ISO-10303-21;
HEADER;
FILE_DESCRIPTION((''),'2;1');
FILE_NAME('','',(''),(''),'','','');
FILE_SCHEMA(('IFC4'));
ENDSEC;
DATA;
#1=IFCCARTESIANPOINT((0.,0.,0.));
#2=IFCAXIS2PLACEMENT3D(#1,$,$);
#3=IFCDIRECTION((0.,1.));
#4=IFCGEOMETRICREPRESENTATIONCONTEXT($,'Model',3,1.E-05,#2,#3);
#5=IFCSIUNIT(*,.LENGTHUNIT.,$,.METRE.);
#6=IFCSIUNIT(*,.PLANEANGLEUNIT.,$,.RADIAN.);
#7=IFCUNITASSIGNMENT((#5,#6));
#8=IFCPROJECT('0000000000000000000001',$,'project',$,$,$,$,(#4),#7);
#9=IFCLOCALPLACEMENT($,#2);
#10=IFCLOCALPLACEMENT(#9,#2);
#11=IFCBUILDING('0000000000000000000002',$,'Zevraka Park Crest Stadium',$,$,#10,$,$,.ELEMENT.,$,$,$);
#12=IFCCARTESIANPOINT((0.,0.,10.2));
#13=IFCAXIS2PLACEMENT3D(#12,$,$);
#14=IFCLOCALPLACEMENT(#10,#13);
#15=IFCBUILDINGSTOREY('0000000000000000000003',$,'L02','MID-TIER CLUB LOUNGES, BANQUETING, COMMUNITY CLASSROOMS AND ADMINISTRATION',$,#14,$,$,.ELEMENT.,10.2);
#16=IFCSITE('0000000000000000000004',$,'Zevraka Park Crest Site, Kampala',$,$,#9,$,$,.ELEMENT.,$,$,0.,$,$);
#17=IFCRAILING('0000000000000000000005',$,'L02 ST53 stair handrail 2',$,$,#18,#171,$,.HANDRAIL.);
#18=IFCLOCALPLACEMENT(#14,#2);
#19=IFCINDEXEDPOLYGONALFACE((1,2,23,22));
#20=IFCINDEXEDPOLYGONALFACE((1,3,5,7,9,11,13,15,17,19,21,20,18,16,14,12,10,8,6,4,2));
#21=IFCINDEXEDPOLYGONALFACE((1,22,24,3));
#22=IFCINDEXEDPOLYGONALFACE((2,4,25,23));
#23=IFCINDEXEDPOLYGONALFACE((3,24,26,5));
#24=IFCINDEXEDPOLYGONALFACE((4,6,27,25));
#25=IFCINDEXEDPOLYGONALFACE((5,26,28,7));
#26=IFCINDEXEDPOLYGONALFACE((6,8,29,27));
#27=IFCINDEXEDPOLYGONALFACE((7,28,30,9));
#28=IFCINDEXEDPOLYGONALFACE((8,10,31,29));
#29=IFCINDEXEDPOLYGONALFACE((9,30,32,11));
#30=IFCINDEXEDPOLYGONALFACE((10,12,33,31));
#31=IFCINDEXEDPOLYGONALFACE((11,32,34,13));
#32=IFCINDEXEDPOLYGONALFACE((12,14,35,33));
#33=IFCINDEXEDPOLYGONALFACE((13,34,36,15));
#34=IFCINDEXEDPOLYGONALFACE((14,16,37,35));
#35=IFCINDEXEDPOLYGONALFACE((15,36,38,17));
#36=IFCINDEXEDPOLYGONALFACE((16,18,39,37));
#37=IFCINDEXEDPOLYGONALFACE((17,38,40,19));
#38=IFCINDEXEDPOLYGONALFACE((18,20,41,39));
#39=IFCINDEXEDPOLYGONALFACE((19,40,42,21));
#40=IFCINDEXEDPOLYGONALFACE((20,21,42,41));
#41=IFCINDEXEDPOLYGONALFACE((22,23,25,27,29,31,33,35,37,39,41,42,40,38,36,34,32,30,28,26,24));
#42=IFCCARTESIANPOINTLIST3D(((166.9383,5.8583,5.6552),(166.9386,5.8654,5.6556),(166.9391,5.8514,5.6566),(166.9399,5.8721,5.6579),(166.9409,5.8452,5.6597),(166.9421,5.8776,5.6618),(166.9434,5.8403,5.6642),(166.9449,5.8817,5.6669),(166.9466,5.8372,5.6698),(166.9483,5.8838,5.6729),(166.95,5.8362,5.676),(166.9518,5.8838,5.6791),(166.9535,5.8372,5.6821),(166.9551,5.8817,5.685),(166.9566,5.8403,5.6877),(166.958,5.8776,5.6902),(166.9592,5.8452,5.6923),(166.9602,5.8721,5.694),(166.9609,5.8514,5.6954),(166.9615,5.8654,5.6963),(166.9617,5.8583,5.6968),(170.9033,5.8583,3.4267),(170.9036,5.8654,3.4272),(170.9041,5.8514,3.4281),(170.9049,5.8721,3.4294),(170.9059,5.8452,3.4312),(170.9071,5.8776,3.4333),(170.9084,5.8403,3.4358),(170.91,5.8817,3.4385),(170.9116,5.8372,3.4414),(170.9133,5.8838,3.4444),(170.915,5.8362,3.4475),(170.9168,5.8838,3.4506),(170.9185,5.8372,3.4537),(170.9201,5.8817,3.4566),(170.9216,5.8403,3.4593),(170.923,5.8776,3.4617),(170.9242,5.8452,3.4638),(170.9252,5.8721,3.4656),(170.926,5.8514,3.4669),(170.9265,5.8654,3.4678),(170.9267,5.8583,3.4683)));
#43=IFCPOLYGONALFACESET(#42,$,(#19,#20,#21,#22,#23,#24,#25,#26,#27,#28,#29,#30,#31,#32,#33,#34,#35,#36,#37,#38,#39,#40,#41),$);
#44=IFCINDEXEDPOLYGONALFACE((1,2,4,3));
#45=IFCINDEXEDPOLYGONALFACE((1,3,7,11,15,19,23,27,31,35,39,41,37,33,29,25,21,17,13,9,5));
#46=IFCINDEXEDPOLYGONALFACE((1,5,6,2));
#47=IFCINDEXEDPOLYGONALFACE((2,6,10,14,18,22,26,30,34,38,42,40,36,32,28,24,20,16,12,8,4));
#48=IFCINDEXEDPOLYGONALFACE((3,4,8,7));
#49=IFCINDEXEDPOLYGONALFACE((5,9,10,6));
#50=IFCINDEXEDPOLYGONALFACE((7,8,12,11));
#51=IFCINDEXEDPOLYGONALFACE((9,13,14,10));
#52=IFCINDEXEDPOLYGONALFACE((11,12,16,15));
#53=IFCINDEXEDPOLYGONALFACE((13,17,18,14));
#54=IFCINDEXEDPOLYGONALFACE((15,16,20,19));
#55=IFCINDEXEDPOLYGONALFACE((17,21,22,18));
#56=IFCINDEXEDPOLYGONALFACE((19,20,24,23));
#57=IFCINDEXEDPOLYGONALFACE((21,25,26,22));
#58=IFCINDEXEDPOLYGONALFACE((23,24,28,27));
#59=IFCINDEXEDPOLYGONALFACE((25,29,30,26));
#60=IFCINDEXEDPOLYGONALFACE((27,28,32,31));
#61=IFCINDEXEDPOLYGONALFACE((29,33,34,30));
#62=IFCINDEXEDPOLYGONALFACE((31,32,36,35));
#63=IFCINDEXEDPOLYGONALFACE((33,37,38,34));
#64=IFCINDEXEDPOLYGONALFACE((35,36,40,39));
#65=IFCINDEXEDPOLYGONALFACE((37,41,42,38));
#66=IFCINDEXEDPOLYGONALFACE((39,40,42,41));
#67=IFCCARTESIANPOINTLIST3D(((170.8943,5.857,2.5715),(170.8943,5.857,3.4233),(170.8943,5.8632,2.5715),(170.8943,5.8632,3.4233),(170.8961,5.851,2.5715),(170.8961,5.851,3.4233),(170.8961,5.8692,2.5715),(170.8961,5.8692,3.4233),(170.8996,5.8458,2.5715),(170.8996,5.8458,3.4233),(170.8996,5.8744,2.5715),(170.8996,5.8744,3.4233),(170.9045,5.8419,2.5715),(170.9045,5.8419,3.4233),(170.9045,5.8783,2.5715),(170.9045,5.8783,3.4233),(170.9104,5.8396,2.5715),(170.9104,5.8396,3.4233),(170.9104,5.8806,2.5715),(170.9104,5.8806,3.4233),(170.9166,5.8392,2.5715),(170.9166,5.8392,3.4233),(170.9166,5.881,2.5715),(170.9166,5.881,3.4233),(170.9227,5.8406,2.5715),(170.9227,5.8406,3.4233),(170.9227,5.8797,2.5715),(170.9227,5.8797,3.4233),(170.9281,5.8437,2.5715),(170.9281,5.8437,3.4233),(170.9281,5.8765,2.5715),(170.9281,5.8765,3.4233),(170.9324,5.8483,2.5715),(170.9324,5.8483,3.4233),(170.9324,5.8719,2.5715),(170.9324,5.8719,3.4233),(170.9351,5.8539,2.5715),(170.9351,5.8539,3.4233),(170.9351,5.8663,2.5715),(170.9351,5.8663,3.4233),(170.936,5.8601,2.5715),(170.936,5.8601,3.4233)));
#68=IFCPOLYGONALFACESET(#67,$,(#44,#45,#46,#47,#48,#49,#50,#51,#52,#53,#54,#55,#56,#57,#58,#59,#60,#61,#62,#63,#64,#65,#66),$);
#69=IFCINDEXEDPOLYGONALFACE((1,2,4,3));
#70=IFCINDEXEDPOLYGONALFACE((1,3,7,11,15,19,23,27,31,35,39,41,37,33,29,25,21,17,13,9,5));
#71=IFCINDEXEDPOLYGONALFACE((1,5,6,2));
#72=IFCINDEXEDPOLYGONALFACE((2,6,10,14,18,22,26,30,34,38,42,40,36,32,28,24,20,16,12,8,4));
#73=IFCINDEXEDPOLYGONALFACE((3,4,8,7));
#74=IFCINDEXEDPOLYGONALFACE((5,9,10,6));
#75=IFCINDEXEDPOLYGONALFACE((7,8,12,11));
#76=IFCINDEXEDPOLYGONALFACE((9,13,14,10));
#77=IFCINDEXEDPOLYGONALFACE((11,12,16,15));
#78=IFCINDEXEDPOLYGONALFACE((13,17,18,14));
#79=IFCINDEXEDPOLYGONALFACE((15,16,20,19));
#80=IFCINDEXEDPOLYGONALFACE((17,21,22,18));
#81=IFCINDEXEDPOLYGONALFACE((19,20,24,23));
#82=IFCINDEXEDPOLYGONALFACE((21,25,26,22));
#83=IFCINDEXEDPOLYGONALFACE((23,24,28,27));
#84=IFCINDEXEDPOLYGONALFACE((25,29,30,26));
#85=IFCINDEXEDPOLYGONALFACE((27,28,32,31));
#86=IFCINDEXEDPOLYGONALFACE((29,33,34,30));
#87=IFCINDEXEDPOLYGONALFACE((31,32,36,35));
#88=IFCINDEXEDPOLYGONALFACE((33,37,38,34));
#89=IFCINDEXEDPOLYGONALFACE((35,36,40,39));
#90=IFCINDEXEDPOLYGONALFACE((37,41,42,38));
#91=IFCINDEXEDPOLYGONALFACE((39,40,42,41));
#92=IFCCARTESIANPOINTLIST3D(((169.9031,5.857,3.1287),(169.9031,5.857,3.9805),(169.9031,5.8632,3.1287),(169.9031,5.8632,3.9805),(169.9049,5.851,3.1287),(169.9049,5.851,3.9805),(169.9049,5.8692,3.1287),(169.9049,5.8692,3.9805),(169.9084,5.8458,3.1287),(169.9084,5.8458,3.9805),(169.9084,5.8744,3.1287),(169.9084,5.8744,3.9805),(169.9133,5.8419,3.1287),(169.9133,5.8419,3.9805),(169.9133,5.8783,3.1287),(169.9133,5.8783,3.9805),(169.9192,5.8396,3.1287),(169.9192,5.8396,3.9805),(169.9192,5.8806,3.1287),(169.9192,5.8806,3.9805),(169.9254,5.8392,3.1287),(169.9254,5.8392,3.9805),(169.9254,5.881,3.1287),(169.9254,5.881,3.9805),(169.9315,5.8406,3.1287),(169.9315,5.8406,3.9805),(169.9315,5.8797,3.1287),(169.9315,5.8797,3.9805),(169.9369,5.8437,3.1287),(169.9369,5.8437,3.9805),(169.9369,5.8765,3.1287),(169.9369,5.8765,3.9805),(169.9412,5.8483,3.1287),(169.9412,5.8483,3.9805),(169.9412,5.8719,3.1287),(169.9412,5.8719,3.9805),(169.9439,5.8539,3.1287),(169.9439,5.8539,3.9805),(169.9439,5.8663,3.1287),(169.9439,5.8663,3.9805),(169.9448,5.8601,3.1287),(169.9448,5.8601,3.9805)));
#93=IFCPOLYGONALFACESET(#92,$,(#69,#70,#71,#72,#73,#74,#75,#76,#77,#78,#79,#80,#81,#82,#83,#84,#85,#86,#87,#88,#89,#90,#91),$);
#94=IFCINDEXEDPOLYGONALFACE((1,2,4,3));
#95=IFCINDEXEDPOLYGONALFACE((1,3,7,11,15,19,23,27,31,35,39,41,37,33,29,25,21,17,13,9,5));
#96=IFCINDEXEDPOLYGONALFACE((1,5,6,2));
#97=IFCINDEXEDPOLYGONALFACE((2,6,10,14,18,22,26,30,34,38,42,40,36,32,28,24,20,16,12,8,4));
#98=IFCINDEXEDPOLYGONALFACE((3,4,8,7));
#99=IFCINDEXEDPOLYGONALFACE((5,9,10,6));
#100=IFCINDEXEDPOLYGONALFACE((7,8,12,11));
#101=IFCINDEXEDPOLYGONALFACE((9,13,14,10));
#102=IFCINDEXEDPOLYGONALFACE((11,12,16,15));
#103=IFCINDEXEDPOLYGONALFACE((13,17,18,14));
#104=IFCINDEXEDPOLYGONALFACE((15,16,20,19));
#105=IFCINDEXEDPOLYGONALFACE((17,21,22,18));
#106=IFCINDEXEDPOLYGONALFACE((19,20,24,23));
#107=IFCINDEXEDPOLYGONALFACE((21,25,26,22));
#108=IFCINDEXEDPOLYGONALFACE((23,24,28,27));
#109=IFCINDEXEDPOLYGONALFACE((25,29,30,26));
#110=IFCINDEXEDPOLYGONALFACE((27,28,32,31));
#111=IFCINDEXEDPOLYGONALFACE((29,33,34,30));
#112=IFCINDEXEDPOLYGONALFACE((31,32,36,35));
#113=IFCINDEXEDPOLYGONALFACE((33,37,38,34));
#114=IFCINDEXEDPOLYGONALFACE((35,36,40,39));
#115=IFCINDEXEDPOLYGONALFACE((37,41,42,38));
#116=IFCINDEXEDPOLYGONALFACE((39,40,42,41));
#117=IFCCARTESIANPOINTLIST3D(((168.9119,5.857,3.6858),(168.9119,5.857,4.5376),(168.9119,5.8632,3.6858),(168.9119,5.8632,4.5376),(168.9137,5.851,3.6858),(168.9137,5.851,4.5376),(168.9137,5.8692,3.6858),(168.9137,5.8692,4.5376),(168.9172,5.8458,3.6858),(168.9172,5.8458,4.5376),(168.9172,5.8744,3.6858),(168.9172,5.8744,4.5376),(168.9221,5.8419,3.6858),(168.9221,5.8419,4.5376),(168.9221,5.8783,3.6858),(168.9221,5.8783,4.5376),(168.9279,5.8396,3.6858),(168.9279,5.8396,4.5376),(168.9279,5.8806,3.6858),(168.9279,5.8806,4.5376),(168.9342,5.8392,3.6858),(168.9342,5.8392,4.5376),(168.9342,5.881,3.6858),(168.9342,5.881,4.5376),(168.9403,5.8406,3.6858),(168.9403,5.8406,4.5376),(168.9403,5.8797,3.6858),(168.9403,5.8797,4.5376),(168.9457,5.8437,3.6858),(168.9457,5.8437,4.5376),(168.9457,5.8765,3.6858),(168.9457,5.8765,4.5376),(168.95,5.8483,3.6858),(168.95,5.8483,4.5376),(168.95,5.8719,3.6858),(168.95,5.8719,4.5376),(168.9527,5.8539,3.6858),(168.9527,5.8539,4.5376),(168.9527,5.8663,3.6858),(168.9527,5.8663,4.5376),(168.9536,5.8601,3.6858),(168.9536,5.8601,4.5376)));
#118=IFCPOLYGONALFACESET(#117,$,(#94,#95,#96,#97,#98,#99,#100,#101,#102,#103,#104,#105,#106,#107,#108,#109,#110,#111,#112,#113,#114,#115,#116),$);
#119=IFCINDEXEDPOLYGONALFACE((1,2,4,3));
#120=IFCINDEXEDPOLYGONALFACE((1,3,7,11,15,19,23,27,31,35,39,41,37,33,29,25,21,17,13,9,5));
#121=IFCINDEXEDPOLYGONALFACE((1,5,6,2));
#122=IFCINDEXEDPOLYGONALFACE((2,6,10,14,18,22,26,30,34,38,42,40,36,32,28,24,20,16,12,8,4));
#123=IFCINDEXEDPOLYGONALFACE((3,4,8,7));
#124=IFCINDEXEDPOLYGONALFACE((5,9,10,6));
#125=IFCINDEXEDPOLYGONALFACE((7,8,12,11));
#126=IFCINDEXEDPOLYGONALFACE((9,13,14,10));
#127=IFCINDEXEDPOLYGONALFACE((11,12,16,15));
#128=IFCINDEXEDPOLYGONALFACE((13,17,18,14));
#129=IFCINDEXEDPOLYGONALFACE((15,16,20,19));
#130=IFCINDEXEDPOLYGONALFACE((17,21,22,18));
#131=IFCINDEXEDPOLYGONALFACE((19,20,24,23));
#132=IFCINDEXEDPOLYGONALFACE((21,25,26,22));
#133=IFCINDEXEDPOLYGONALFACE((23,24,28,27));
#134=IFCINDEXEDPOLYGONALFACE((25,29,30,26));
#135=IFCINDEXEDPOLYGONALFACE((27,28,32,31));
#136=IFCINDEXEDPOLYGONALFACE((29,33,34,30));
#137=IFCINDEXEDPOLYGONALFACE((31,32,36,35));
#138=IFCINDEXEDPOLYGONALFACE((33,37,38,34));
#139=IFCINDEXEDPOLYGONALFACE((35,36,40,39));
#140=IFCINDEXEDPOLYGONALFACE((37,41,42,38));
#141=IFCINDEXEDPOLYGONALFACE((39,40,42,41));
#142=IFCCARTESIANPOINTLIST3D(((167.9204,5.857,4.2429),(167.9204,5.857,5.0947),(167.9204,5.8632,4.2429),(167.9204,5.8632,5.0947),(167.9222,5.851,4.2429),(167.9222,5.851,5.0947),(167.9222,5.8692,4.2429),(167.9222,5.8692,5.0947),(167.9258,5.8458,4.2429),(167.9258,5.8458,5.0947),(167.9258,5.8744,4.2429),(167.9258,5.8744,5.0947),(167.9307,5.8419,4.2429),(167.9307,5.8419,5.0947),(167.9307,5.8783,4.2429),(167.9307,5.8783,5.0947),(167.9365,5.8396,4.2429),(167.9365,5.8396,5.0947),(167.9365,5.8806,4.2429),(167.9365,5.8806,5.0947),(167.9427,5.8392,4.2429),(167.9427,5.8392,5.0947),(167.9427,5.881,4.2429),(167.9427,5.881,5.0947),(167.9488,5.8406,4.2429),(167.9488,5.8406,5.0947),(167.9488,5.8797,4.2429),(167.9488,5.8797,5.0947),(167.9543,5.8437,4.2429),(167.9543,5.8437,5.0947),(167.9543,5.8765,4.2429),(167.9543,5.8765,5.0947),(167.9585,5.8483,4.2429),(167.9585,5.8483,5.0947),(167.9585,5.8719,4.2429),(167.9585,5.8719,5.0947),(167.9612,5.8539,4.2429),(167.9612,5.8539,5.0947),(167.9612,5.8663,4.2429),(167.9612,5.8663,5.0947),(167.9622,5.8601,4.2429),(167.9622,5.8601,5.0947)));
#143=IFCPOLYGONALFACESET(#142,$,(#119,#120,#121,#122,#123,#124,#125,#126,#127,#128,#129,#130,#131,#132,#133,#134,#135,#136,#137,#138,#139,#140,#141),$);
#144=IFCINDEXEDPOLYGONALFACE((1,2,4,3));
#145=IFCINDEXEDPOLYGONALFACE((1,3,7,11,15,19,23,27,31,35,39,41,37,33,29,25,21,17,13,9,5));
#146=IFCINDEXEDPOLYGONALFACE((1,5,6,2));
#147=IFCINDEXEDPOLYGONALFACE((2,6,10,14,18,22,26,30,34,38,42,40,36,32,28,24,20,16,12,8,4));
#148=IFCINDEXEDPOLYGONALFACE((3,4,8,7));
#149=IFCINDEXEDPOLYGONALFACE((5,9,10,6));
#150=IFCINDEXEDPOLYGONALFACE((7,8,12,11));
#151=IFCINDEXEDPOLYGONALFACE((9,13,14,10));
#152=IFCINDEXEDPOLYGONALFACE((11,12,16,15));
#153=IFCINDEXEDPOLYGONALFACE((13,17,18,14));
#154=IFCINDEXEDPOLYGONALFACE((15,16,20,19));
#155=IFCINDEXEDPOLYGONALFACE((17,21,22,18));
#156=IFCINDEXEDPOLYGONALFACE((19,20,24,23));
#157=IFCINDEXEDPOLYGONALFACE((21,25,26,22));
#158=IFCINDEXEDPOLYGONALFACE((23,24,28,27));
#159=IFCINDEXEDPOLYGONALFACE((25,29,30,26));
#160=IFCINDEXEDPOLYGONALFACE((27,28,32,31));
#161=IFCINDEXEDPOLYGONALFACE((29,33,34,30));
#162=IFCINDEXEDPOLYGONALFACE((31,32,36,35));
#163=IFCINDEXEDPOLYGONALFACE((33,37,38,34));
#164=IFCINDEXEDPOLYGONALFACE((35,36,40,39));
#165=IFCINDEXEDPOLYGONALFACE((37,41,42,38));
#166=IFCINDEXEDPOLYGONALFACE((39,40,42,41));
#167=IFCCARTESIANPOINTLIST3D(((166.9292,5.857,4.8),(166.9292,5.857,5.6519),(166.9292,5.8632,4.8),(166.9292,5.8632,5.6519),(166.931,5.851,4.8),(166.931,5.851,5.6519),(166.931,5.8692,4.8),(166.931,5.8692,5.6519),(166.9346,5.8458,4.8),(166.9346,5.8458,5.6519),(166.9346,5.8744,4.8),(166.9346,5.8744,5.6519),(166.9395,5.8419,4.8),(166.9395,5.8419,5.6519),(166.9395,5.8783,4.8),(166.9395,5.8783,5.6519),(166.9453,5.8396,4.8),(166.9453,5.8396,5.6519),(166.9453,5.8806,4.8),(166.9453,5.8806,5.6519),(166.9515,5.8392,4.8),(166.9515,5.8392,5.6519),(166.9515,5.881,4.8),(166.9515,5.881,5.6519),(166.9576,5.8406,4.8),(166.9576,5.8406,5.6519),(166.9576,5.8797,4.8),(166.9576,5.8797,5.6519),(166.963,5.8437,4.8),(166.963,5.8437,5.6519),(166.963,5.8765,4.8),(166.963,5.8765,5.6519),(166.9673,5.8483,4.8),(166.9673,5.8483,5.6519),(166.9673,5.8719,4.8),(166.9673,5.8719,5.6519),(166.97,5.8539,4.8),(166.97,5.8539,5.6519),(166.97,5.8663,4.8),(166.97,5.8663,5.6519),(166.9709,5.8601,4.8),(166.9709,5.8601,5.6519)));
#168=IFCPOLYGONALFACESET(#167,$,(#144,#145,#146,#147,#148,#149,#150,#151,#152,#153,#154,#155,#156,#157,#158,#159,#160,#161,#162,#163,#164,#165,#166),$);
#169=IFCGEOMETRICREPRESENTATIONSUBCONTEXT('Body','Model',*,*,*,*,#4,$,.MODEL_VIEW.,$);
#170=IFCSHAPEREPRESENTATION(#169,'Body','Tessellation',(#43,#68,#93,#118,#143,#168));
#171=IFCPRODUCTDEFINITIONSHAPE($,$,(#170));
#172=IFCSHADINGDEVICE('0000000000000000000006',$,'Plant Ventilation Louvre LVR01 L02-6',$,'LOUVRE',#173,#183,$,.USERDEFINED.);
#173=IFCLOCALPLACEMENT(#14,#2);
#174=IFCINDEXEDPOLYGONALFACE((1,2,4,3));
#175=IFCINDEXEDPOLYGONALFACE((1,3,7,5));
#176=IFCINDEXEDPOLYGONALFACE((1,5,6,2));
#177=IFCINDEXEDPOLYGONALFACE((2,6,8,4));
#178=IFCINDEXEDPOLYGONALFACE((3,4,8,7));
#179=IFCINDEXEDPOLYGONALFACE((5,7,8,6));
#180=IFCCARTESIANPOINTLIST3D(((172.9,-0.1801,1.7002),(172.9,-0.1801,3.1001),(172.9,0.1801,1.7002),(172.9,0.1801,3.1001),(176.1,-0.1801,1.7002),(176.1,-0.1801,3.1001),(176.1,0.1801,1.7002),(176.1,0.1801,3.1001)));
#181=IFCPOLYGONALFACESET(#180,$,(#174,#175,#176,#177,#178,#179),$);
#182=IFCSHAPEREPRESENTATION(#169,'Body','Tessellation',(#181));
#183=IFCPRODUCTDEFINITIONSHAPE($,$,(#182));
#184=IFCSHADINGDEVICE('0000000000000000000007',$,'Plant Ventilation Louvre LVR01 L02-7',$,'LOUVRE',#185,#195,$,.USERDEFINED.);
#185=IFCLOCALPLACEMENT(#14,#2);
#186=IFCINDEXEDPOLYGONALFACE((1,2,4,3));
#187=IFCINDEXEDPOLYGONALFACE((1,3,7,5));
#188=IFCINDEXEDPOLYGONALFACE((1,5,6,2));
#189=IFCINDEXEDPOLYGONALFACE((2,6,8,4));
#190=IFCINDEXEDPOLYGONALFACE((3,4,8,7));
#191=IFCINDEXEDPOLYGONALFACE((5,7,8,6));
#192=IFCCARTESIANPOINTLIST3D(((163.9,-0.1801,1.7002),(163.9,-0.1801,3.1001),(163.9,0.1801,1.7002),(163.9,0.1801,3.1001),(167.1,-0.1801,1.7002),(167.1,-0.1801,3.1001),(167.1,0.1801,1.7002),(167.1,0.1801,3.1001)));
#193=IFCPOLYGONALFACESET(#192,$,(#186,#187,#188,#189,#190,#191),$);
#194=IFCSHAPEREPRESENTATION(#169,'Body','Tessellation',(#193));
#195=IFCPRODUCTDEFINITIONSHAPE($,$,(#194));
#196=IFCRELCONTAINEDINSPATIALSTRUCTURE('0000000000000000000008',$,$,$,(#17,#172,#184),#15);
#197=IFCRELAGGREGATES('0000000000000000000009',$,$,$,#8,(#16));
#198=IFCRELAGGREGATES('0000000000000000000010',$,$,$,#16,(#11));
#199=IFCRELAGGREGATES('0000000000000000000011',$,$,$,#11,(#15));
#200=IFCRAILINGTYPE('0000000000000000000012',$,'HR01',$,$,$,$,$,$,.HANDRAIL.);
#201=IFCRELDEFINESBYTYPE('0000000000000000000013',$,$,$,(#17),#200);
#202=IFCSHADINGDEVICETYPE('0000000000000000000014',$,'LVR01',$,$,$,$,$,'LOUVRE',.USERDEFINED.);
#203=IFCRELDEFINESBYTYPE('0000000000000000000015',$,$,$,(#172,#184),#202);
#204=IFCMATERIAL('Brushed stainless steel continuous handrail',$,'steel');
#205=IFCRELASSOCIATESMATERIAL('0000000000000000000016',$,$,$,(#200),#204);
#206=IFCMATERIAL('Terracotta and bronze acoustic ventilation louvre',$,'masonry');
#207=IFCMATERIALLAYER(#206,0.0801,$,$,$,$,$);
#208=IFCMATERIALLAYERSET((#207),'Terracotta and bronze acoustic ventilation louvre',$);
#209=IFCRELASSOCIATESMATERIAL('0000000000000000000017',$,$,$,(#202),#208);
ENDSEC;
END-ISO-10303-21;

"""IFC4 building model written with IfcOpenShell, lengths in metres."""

from ifc_helpers import new_model, si_unit, direction, frame, origin, origin_2d, place, context, subcontext, project, spatial, rectangle, circle, extrude, material, layer, layer_set, type_object, element, save


model = new_model("IFC4")

# Units and contexts
model_context = context("Model", 3, precision=1e-05, world=origin(), true_north=direction((0.0, 1.0)))
body_context = subcontext(model_context, "Body", "Model", "MODEL_VIEW")
ifc_project = project(units=[si_unit("LENGTHUNIT", "METRE"), si_unit("PLANEANGLEUNIT", "RADIAN")], contexts=[model_context])

# Site, building, storey
site_placement = place(None, origin())
site = spatial("IfcSite", under=ifc_project, at=site_placement, Name="Zevraka Park Crest Site, Kampala", CompositionType="ELEMENT", RefElevation=0.0)
building_placement = place(site_placement, origin())
building = spatial("IfcBuilding", under=site, at=building_placement, Name="Zevraka Park Crest Stadium", CompositionType="ELEMENT")
storey_placement = place(building_placement, frame((0.0, 0.0, 10.2)))
storey = spatial("IfcBuildingStorey", under=building, at=storey_placement, Name="L02", Description="MID-TIER CLUB LOUNGES, BANQUETING, COMMUNITY CLASSROOMS AND ADMINISTRATION", CompositionType="ELEMENT", Elevation=10.2)

# Railing
ifc_material_1 = material(Name="Brushed stainless steel continuous handrail", Category="steel")
railing_type_1 = type_object("IfcRailingType", Name="HR01", PredefinedType="HANDRAIL", material=ifc_material_1)
railing_1_placement = place(storey_placement, frame((170.915, 5.8601, 2.5715)))
element("IfcRailing", 1, at=railing_1_placement, inside=storey, type_object=railing_type_1, Name="L02 ST53 stair handrail 2", PredefinedType="HANDRAIL", context=body_context, shape_type="SweptSolid", body=[
    extrude(circle(Radius=0.0239, at=origin_2d()), frame((0.0, 0.0, 0.876), z_axis=(-0.871749, 0.0, 0.489953), x_axis=(0.0, -1.0, 0.0)), (0.0, 0.0, 1.0), 4.5483),
    extrude(circle(Radius=0.021, at=origin_2d()), origin(), (0.0, 0.0, 1.0), 0.8518),
    extrude(circle(Radius=0.021, at=origin_2d()), frame((-0.9912, 0.0, 0.5571)), (0.0, 0.0, 1.0), 0.8518),
    extrude(circle(Radius=0.021, at=origin_2d()), frame((-1.9824, 0.0, 1.1143)), (0.0, 0.0, 1.0), 0.8518),
    extrude(circle(Radius=0.021, at=origin_2d()), frame((-2.9739, 0.0, 1.6714)), (0.0, 0.0, 1.0), 0.8518),
    extrude(circle(Radius=0.021, at=origin_2d()), frame((-3.9651, 0.0, 2.2285)), (0.0, 0.0, 1.0), 0.8518),
])

# Shading devices
ifc_material_2 = material(Name="Terracotta and bronze acoustic ventilation louvre", Category="masonry")
ifc_layer_1 = layer(ifc_material_2, 0.0801)
ifc_layer_set_1 = layer_set([ifc_layer_1], Name="Terracotta and bronze acoustic ventilation louvre")
shading_device_type = type_object("IfcShadingDeviceType", Name="LVR01", ElementType="LOUVRE", PredefinedType="USERDEFINED", material=ifc_layer_set_1)
for number, where, z_axis, x_axis, name in (
    (2, (174.5, 0.0, 1.7002), (0.0, 0.0, 1.0), (-1.0, 0.0, 0.0), "Plant Ventilation Louvre LVR01 L02-6"),
    (3, (165.5, 0.0, 1.7002), (0.0, 0.0, 1.0), (-1.0, 0.0, 0.0), "Plant Ventilation Louvre LVR01 L02-7"),
):
    element("IfcShadingDevice", number, at=place(storey_placement, frame(where, z_axis=z_axis, x_axis=x_axis)), inside=storey, type_object=shading_device_type, Name=name, ObjectType="LOUVRE", PredefinedType="USERDEFINED", context=body_context, shape_type="SweptSolid", body=[
        extrude(rectangle(XDim=3.2, YDim=0.3601, at=origin_2d()), origin(), (0.0, 0.0, 1.0), 1.3999),
    ])

save(model, "model.ifc")
